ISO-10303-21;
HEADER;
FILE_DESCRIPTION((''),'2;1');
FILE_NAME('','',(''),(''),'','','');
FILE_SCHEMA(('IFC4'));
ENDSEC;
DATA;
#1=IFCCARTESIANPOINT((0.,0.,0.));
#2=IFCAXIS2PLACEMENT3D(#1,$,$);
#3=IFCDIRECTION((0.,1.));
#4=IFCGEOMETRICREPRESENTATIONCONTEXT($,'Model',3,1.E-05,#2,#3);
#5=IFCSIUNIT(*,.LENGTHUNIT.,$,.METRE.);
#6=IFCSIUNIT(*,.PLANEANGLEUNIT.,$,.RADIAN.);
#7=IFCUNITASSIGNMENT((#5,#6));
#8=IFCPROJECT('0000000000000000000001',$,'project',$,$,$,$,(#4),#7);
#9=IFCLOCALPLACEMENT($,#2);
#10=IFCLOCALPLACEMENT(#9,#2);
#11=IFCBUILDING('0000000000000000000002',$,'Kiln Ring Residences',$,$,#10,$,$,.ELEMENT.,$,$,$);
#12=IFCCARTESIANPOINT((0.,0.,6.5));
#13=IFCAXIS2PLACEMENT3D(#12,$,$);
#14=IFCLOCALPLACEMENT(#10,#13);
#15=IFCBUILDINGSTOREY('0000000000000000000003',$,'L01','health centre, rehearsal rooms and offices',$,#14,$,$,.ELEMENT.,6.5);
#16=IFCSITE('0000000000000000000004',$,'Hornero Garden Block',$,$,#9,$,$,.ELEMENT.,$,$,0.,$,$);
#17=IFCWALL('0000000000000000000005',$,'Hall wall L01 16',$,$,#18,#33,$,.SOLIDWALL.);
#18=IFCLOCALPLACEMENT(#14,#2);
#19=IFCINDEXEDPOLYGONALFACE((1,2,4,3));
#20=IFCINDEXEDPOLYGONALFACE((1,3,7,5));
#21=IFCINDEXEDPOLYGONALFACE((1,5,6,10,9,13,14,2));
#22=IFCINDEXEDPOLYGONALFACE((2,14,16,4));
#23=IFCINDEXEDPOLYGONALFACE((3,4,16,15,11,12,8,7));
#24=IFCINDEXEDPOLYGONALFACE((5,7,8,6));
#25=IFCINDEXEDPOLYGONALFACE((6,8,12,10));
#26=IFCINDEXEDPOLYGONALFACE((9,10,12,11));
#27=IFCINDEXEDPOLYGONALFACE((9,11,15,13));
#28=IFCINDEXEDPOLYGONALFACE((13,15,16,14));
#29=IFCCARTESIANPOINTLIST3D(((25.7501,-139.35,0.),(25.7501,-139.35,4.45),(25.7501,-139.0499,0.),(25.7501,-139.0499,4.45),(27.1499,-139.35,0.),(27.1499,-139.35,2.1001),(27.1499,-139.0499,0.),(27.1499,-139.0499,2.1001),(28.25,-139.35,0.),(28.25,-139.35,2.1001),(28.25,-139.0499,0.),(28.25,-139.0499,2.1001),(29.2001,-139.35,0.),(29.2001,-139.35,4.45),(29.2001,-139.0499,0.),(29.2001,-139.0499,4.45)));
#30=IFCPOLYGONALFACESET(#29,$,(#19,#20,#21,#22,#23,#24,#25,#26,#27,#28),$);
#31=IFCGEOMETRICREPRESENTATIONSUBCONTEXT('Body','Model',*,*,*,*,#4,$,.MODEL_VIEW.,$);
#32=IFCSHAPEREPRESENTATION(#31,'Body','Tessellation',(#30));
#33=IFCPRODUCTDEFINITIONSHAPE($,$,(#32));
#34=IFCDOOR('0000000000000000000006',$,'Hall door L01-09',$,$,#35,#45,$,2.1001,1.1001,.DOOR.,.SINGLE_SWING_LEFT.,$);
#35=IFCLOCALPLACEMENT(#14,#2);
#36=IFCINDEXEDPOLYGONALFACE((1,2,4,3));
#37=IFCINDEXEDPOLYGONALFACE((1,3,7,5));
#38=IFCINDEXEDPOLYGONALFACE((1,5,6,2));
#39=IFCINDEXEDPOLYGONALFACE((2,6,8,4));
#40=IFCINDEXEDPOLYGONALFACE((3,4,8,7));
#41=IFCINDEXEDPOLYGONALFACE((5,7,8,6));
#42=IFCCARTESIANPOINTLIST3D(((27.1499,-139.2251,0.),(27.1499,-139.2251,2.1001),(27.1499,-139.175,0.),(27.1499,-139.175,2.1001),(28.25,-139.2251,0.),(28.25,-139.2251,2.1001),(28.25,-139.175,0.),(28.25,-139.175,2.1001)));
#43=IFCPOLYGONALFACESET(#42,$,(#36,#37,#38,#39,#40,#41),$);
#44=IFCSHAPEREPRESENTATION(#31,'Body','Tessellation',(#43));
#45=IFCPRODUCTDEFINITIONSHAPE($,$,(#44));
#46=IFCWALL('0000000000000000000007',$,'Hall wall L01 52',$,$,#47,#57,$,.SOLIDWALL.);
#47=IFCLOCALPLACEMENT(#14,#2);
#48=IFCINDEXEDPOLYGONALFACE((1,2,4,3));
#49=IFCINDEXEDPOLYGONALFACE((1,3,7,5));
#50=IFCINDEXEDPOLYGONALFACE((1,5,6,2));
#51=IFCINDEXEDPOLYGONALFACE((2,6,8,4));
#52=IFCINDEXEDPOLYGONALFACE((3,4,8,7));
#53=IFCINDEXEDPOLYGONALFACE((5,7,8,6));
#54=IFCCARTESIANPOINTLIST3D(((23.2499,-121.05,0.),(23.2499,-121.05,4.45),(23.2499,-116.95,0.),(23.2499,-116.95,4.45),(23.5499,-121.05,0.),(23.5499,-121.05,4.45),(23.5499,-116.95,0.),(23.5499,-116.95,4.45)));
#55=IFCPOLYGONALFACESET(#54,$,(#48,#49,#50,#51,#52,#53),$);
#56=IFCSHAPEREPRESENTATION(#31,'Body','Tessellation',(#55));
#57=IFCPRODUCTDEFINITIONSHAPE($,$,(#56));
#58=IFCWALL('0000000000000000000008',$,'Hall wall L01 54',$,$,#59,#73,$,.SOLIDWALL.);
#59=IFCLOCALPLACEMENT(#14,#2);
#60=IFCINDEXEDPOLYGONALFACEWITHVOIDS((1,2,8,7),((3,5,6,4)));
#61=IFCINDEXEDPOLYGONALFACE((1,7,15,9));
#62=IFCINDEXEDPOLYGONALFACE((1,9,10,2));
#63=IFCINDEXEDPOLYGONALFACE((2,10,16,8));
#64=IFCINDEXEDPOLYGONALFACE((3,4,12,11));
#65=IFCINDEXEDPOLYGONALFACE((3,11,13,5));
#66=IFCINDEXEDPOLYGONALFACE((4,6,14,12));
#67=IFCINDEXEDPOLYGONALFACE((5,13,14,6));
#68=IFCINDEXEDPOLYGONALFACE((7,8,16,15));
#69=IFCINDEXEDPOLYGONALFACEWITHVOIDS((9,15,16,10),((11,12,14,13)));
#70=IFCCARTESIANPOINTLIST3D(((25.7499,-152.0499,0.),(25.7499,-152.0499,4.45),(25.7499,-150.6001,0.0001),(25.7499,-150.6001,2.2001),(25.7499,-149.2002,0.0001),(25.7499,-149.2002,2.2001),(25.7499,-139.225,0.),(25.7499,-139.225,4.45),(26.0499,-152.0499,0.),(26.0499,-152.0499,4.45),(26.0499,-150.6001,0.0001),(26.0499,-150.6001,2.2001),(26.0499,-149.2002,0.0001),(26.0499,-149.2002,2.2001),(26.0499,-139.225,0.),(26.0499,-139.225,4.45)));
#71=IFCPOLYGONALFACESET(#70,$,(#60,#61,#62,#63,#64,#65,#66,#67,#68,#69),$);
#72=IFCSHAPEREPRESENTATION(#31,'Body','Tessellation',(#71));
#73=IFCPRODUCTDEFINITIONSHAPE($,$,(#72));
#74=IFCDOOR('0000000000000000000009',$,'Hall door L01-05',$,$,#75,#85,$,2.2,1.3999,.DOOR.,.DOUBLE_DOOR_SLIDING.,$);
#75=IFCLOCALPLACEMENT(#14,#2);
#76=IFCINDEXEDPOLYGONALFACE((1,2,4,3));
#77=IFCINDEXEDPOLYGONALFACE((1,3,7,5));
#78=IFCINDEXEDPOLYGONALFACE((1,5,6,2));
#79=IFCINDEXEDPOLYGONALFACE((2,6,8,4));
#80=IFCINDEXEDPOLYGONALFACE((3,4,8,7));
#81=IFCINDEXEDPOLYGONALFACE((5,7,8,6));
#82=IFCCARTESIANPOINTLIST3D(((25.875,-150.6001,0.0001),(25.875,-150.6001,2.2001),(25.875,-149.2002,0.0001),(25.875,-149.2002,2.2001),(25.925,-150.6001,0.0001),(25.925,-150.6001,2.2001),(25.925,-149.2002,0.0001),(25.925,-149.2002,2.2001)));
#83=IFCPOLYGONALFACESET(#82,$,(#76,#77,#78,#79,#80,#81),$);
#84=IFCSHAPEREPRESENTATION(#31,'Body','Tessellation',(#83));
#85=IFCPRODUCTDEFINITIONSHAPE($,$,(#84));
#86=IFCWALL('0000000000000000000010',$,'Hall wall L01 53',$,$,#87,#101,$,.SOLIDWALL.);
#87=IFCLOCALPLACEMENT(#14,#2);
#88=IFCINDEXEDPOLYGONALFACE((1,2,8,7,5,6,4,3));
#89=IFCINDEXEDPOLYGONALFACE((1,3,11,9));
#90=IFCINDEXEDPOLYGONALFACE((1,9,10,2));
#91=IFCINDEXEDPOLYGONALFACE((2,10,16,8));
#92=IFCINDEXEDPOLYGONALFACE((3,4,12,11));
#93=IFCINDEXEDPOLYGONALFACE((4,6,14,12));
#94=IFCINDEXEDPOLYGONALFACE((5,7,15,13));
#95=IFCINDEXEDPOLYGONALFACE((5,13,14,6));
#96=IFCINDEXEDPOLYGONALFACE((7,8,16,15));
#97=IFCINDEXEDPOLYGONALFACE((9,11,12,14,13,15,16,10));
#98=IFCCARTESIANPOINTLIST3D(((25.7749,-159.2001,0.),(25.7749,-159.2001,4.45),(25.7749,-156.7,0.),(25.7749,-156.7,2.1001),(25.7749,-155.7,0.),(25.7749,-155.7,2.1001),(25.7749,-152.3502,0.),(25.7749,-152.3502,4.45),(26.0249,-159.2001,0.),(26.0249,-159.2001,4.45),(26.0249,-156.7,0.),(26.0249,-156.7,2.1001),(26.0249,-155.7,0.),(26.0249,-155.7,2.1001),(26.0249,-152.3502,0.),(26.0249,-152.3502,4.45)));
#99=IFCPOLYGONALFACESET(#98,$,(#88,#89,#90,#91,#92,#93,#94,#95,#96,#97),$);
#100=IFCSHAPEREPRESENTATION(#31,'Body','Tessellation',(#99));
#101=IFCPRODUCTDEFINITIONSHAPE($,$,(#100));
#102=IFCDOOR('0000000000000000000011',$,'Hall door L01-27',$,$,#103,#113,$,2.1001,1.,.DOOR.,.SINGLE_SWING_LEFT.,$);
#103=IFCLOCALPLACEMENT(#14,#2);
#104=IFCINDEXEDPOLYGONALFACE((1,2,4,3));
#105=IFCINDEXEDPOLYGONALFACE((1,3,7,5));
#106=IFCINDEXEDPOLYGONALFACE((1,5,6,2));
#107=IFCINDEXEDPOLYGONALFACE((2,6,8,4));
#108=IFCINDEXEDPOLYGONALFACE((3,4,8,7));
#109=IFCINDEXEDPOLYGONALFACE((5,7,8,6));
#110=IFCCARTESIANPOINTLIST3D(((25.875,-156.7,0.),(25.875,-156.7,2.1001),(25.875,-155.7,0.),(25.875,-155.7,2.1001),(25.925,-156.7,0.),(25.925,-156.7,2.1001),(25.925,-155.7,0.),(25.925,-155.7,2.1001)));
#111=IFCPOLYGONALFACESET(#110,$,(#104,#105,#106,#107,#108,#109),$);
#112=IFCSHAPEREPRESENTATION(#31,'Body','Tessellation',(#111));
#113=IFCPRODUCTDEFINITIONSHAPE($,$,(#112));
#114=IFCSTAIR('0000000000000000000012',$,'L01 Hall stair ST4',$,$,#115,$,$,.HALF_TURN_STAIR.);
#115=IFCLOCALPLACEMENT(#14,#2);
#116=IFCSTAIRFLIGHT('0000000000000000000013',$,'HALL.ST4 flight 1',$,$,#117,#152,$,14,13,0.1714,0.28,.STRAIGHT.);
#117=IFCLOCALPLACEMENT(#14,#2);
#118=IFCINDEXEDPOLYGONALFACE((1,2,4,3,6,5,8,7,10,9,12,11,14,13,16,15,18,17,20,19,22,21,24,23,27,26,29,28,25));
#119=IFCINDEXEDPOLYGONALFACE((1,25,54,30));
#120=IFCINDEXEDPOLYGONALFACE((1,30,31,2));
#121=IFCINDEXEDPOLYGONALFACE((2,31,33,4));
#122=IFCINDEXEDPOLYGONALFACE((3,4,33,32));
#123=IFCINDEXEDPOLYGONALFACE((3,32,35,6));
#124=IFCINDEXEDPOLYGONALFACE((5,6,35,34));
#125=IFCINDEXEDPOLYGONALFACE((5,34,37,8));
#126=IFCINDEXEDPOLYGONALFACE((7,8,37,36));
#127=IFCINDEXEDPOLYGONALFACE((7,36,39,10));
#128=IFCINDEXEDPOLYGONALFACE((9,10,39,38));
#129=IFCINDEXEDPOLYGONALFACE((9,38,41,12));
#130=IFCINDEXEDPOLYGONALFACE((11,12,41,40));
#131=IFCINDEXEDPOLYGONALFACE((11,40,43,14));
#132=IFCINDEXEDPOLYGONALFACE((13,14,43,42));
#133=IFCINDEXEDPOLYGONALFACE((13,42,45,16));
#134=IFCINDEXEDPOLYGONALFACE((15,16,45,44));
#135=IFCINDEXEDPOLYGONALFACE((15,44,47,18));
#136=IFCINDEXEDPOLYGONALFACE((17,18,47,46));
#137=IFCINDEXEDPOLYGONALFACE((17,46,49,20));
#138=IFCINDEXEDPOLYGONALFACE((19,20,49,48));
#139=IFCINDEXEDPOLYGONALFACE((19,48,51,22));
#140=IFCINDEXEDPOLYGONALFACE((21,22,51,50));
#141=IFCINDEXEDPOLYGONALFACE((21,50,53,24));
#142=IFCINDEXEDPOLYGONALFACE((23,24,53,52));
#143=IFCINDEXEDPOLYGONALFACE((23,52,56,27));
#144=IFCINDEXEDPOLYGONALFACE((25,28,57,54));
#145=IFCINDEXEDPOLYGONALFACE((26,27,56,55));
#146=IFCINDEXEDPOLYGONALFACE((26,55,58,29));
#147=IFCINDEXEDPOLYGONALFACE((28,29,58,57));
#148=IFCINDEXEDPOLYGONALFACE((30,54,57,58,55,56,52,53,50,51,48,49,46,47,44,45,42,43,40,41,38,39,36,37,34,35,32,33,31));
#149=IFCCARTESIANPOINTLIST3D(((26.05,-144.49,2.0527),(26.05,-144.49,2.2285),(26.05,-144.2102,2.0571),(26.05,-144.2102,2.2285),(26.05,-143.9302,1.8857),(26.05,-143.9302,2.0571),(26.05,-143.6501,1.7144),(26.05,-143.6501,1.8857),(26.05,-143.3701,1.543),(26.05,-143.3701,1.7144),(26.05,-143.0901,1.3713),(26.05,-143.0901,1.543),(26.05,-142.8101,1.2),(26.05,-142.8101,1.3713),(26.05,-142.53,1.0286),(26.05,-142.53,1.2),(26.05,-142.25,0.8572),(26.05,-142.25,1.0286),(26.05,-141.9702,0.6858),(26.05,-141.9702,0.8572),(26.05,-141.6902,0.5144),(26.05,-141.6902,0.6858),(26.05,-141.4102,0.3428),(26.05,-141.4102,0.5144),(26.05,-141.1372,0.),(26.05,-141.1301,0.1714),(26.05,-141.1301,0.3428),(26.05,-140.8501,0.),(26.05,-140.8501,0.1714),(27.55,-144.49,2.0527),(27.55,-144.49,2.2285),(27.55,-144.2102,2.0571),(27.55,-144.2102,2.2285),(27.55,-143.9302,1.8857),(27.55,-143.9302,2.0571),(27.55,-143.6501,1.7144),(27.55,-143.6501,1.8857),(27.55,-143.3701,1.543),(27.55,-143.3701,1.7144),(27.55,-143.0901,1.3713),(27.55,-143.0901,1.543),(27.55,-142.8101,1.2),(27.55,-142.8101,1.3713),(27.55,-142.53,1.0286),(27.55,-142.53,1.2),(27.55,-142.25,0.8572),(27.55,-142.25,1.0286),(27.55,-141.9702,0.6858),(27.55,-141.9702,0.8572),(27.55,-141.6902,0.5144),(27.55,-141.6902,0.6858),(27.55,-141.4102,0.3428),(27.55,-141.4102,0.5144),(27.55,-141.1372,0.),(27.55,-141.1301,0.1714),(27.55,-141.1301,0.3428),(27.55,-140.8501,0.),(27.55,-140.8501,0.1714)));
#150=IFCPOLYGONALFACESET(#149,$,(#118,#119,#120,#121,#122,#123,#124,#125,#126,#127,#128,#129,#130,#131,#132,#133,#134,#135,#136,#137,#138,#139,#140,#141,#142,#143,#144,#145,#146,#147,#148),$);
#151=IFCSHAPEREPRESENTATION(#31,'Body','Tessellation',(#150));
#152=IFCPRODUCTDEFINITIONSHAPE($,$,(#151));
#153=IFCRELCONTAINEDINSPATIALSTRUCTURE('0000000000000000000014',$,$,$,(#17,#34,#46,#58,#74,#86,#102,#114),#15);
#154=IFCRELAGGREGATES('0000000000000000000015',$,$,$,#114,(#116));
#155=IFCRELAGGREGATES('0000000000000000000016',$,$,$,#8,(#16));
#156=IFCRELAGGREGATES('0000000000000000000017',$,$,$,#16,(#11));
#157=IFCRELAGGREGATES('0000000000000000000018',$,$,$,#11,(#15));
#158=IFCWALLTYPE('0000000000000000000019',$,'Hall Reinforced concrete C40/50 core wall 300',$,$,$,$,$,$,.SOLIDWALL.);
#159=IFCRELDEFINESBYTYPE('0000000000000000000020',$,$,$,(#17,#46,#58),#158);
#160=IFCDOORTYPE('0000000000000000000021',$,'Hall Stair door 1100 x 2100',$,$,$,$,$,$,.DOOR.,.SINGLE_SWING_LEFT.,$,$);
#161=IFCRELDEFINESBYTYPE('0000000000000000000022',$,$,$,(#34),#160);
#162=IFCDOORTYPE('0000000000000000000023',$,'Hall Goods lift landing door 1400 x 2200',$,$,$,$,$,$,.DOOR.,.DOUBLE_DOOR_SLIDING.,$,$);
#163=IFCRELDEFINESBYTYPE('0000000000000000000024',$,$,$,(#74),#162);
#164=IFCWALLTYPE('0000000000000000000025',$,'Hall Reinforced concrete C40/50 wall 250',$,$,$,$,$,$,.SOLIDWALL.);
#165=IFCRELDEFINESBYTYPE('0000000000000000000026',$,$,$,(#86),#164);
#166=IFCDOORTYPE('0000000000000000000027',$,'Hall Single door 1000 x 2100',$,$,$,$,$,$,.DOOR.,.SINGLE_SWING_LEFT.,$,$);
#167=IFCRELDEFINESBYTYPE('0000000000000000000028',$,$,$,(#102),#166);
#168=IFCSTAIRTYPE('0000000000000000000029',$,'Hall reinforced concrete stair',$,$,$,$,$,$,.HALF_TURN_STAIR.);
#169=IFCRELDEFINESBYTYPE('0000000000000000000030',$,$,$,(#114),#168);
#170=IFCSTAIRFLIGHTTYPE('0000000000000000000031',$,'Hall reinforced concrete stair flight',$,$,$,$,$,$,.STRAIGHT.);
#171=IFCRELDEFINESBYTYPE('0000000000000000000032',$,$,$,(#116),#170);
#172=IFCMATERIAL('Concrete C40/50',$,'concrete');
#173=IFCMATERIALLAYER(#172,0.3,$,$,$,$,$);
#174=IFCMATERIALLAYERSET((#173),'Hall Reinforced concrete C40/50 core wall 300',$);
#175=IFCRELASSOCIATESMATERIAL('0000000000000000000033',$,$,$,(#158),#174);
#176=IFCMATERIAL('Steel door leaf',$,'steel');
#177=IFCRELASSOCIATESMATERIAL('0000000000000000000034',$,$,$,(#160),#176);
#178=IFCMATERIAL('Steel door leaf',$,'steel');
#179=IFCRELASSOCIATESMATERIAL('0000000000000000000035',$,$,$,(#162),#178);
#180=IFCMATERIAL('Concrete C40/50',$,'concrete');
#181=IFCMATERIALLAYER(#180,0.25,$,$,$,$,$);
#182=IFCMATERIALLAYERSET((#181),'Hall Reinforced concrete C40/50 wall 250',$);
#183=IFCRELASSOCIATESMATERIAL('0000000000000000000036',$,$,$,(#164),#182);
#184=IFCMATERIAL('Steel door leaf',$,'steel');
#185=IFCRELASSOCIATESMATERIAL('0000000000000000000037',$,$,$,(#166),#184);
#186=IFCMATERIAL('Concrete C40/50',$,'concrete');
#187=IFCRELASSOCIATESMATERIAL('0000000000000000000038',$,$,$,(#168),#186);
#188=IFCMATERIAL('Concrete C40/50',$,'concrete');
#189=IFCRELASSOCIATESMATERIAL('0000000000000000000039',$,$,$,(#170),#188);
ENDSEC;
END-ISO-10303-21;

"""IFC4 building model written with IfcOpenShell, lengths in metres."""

from ifc_helpers import new_model, si_unit, direction, frame, frame_2d, origin, place, context, subcontext, project, spatial, polyline, rectangle, outline, extrude, material, layer, layer_set, type_object, element, fill, aggregate, save


model = new_model("IFC4")

# Units and contexts
model_context = context("Model", 3, precision=1e-05, world=origin(), true_north=direction((0.0, 1.0)))
body_context = subcontext(model_context, "Body", "Model", "MODEL_VIEW")
ifc_project = project(units=[si_unit("LENGTHUNIT", "METRE"), si_unit("PLANEANGLEUNIT", "RADIAN")], contexts=[model_context])

# Site, building, storey
site_placement = place(None, origin())
site = spatial("IfcSite", under=ifc_project, at=site_placement, Name="Hornero Garden Block", CompositionType="ELEMENT", RefElevation=0.0)
building_placement = place(site_placement, origin())
building = spatial("IfcBuilding", under=site, at=building_placement, Name="Kiln Ring Residences", CompositionType="ELEMENT")
storey_placement = place(building_placement, frame((0.0, 0.0, 6.5)))
storey = spatial("IfcBuildingStorey", under=building, at=storey_placement, Name="L01", Description="health centre, rehearsal rooms and offices", CompositionType="ELEMENT", Elevation=6.5)

# Shared definitions
ifc_material_1 = material(Name="Concrete C40/50", Category="concrete")
ifc_layer_1 = layer(ifc_material_1, 0.3)
ifc_layer_set_1 = layer_set([ifc_layer_1], Name="Hall Reinforced concrete C40/50 core wall 300")
wall_type_1 = type_object("IfcWallType", Name="Hall Reinforced concrete C40/50 core wall 300", PredefinedType="SOLIDWALL", material=ifc_layer_set_1)

# Wall, opening, door
wall_1_placement = place(storey_placement, frame((25.75, -139.2, 0.0), z_axis=(0.0, 0.0, 1.0), x_axis=(1.0, 0.0, 0.0)))
wall_1 = element("IfcWall", 1, at=wall_1_placement, inside=storey, type_object=wall_type_1, Name="Hall wall L01 16", PredefinedType="SOLIDWALL", context=body_context, shape_type="SweptSolid", body=[
    extrude(rectangle(XDim=3.45, YDim=0.3, at=frame_2d((1.7251, 0.0))), origin(), (0.0, 0.0, 1.0), 4.45),
])
opening_1_placement = place(wall_1_placement, frame((1.3999, 0.0, 0.0)))
opening_1 = element("IfcOpeningElement", 2, at=opening_1_placement, cuts=wall_1, PredefinedType="OPENING", context=body_context, shape_type="SweptSolid", body=[
    extrude(rectangle(XDim=1.1001, YDim=2.1001, at=frame_2d((0.55, 1.05))), frame((0.0, 0.1599, 0.0), z_axis=(0.0, -1.0, 0.0), x_axis=(1.0, 0.0, 0.0)), (0.0, 0.0, 1.0), 0.3201),
])
ifc_material_2 = material(Name="Steel door leaf", Category="steel")
door_type_1 = type_object("IfcDoorType", Name="Hall Stair door 1100 x 2100", OperationType="SINGLE_SWING_LEFT", PredefinedType="DOOR", material=ifc_material_2)
door_1_placement = place(opening_1_placement, origin())
door_1 = element("IfcDoor", 3, at=door_1_placement, inside=storey, type_object=door_type_1, Name="Hall door L01-09", OperationType="SINGLE_SWING_LEFT", OverallHeight=2.1001, OverallWidth=1.1001, PredefinedType="DOOR", context=body_context, shape_type="SweptSolid", body=[
    extrude(rectangle(XDim=1.1001, YDim=2.1001, at=frame_2d((0.55, 1.05))), frame((0.0, 0.0249, 0.0), z_axis=(0.0, -1.0, 0.0), x_axis=(1.0, 0.0, 0.0)), (0.0, 0.0, 1.0), 0.05),
])
fill(opening_1, door_1)

# Wall
wall_2_placement = place(storey_placement, frame((23.3999, -121.05, 0.0), z_axis=(0.0, 0.0, 1.0), x_axis=(0.0, 1.0, 0.0)))
element("IfcWall", 4, at=wall_2_placement, inside=storey, type_object=wall_type_1, Name="Hall wall L01 52", PredefinedType="SOLIDWALL", context=body_context, shape_type="SweptSolid", body=[
    extrude(rectangle(XDim=4.1001, YDim=0.3, at=frame_2d((2.05, 0.0))), origin(), (0.0, 0.0, 1.0), 4.45),
])

# Walls, openings, doors
wall_3_placement = place(storey_placement, frame((25.8999, -152.05, 0.0), z_axis=(0.0, 0.0, 1.0), x_axis=(0.0, 1.0, 0.0)))
wall_3 = element("IfcWall", 5, at=wall_3_placement, inside=storey, type_object=wall_type_1, Name="Hall wall L01 54", PredefinedType="SOLIDWALL", context=body_context, shape_type="SweptSolid", body=[
    extrude(rectangle(XDim=12.825, YDim=0.3, at=frame_2d((6.4126, 0.0))), origin(), (0.0, 0.0, 1.0), 4.45),
])
opening_2_placement = place(wall_3_placement, frame((1.45, 0.0, 0.0)))
opening_2 = element("IfcOpeningElement", 6, at=opening_2_placement, cuts=wall_3, PredefinedType="OPENING", context=body_context, shape_type="SweptSolid", body=[
    extrude(rectangle(XDim=1.3999, YDim=2.2, at=frame_2d((0.7, 1.1001))), frame((0.0, 0.1599, 0.0), z_axis=(0.0, -1.0, 0.0), x_axis=(1.0, 0.0, 0.0)), (0.0, 0.0, 1.0), 0.3201),
])
ifc_material_3 = material(Name="Steel door leaf", Category="steel")
door_type_2 = type_object("IfcDoorType", Name="Hall Goods lift landing door 1400 x 2200", OperationType="DOUBLE_DOOR_SLIDING", PredefinedType="DOOR", material=ifc_material_3)
door_2_placement = place(opening_2_placement, origin())
door_2 = element("IfcDoor", 7, at=door_2_placement, inside=storey, type_object=door_type_2, Name="Hall door L01-05", OperationType="DOUBLE_DOOR_SLIDING", OverallHeight=2.2, OverallWidth=1.3999, PredefinedType="DOOR", context=body_context, shape_type="SweptSolid", body=[
    extrude(rectangle(XDim=1.3999, YDim=2.2, at=frame_2d((0.7, 1.1001))), frame((0.0, 0.0249, 0.0), z_axis=(0.0, -1.0, 0.0), x_axis=(1.0, 0.0, 0.0)), (0.0, 0.0, 1.0), 0.05),
])
fill(opening_2, door_2)
ifc_material_4 = material(Name="Concrete C40/50", Category="concrete")
ifc_layer_2 = layer(ifc_material_4, 0.25)
ifc_layer_set_2 = layer_set([ifc_layer_2], Name="Hall Reinforced concrete C40/50 wall 250")
wall_type_2 = type_object("IfcWallType", Name="Hall Reinforced concrete C40/50 wall 250", PredefinedType="SOLIDWALL", material=ifc_layer_set_2)
wall_4_placement = place(storey_placement, frame((25.8999, -159.2, 0.0), z_axis=(0.0, 0.0, 1.0), x_axis=(0.0, 1.0, 0.0)))
wall_4 = element("IfcWall", 8, at=wall_4_placement, inside=storey, type_object=wall_type_2, Name="Hall wall L01 53", PredefinedType="SOLIDWALL", context=body_context, shape_type="SweptSolid", body=[
    extrude(rectangle(XDim=6.8499, YDim=0.25, at=frame_2d((3.4248, 0.0))), origin(), (0.0, 0.0, 1.0), 4.45),
])
opening_3_placement = place(wall_4_placement, frame((2.5, 0.0, 0.0)))
opening_3 = element("IfcOpeningElement", 9, at=opening_3_placement, cuts=wall_4, PredefinedType="OPENING", context=body_context, shape_type="SweptSolid", body=[
    extrude(rectangle(XDim=1.0, YDim=2.1001, at=frame_2d((0.5, 1.05))), frame((0.0, 0.135, 0.0), z_axis=(0.0, -1.0, 0.0), x_axis=(1.0, 0.0, 0.0)), (0.0, 0.0, 1.0), 0.27),
])
ifc_material_5 = material(Name="Steel door leaf", Category="steel")
door_type_3 = type_object("IfcDoorType", Name="Hall Single door 1000 x 2100", OperationType="SINGLE_SWING_LEFT", PredefinedType="DOOR", material=ifc_material_5)
door_3_placement = place(opening_3_placement, origin())
door_3 = element("IfcDoor", 10, at=door_3_placement, inside=storey, type_object=door_type_3, Name="Hall door L01-27", OperationType="SINGLE_SWING_LEFT", OverallHeight=2.1001, OverallWidth=1.0, PredefinedType="DOOR", context=body_context, shape_type="SweptSolid", body=[
    extrude(rectangle(XDim=1.0, YDim=2.1001, at=frame_2d((0.5, 1.05))), frame((0.0, 0.0249, 0.0), z_axis=(0.0, -1.0, 0.0), x_axis=(1.0, 0.0, 0.0)), (0.0, 0.0, 1.0), 0.05),
])
fill(opening_3, door_3)

# Stair, stair flight
ifc_material_6 = material(Name="Concrete C40/50", Category="concrete")
stair_type = type_object("IfcStairType", Name="Hall reinforced concrete stair", PredefinedType="HALF_TURN_STAIR", material=ifc_material_6)
stair_placement = place(storey_placement, origin())
stair = element("IfcStair", 11, at=stair_placement, inside=storey, type_object=stair_type, Name="L01 Hall stair ST4", PredefinedType="HALF_TURN_STAIR")
ifc_material_7 = material(Name="Concrete C40/50", Category="concrete")
stair_flight_type = type_object("IfcStairFlightType", Name="Hall reinforced concrete stair flight", PredefinedType="STRAIGHT", material=ifc_material_7)
stair_flight_1_placement = place(storey_placement, frame((26.8, -140.8501, 0.0), z_axis=(0.0, 0.0, 1.0), x_axis=(0.0, -1.0, 0.0)))
stair_flight_1 = element("IfcStairFlight", 12, at=stair_flight_1_placement, type_object=stair_flight_type, Name="HALL.ST4 flight 1", NumberOfRisers=14, NumberOfTreads=13, PredefinedType="STRAIGHT", RiserHeight=0.1714, TreadLength=0.28, context=body_context, shape_type="SweptSolid", body=[
    extrude(outline(polyline([(0.0, 0.0), (0.0, 0.1714), (0.28, 0.1714), (0.28, 0.3428), (0.5601, 0.3428), (0.5601, 0.5144), (0.8401, 0.5144), (0.8401, 0.6858), (1.1201, 0.6858), (1.1201, 0.8572), (1.3999, 0.8572), (1.3999, 1.0286), (1.6799, 1.0286), (1.6799, 1.2), (1.96, 1.2), (1.96, 1.3713), (2.24, 1.3713), (2.24, 1.543), (2.52, 1.543), (2.52, 1.7144), (2.8, 1.7144), (2.8, 1.8857), (3.0801, 1.8857), (3.0801, 2.0571), (3.3601, 2.0571), (3.3601, 2.2285), (3.6399, 2.2285), (3.6399, 2.3999), (3.6399, 2.0527), (0.2871, 0.0), (0.0, 0.0)])), frame((0.0, 0.75, 0.0), z_axis=(0.0, -1.0, 0.0), x_axis=(1.0, 0.0, 0.0)), (0.0, 0.0, 1.0), 1.5),
])
aggregate(stair, [stair_flight_1])

save(model, "model.ifc")
